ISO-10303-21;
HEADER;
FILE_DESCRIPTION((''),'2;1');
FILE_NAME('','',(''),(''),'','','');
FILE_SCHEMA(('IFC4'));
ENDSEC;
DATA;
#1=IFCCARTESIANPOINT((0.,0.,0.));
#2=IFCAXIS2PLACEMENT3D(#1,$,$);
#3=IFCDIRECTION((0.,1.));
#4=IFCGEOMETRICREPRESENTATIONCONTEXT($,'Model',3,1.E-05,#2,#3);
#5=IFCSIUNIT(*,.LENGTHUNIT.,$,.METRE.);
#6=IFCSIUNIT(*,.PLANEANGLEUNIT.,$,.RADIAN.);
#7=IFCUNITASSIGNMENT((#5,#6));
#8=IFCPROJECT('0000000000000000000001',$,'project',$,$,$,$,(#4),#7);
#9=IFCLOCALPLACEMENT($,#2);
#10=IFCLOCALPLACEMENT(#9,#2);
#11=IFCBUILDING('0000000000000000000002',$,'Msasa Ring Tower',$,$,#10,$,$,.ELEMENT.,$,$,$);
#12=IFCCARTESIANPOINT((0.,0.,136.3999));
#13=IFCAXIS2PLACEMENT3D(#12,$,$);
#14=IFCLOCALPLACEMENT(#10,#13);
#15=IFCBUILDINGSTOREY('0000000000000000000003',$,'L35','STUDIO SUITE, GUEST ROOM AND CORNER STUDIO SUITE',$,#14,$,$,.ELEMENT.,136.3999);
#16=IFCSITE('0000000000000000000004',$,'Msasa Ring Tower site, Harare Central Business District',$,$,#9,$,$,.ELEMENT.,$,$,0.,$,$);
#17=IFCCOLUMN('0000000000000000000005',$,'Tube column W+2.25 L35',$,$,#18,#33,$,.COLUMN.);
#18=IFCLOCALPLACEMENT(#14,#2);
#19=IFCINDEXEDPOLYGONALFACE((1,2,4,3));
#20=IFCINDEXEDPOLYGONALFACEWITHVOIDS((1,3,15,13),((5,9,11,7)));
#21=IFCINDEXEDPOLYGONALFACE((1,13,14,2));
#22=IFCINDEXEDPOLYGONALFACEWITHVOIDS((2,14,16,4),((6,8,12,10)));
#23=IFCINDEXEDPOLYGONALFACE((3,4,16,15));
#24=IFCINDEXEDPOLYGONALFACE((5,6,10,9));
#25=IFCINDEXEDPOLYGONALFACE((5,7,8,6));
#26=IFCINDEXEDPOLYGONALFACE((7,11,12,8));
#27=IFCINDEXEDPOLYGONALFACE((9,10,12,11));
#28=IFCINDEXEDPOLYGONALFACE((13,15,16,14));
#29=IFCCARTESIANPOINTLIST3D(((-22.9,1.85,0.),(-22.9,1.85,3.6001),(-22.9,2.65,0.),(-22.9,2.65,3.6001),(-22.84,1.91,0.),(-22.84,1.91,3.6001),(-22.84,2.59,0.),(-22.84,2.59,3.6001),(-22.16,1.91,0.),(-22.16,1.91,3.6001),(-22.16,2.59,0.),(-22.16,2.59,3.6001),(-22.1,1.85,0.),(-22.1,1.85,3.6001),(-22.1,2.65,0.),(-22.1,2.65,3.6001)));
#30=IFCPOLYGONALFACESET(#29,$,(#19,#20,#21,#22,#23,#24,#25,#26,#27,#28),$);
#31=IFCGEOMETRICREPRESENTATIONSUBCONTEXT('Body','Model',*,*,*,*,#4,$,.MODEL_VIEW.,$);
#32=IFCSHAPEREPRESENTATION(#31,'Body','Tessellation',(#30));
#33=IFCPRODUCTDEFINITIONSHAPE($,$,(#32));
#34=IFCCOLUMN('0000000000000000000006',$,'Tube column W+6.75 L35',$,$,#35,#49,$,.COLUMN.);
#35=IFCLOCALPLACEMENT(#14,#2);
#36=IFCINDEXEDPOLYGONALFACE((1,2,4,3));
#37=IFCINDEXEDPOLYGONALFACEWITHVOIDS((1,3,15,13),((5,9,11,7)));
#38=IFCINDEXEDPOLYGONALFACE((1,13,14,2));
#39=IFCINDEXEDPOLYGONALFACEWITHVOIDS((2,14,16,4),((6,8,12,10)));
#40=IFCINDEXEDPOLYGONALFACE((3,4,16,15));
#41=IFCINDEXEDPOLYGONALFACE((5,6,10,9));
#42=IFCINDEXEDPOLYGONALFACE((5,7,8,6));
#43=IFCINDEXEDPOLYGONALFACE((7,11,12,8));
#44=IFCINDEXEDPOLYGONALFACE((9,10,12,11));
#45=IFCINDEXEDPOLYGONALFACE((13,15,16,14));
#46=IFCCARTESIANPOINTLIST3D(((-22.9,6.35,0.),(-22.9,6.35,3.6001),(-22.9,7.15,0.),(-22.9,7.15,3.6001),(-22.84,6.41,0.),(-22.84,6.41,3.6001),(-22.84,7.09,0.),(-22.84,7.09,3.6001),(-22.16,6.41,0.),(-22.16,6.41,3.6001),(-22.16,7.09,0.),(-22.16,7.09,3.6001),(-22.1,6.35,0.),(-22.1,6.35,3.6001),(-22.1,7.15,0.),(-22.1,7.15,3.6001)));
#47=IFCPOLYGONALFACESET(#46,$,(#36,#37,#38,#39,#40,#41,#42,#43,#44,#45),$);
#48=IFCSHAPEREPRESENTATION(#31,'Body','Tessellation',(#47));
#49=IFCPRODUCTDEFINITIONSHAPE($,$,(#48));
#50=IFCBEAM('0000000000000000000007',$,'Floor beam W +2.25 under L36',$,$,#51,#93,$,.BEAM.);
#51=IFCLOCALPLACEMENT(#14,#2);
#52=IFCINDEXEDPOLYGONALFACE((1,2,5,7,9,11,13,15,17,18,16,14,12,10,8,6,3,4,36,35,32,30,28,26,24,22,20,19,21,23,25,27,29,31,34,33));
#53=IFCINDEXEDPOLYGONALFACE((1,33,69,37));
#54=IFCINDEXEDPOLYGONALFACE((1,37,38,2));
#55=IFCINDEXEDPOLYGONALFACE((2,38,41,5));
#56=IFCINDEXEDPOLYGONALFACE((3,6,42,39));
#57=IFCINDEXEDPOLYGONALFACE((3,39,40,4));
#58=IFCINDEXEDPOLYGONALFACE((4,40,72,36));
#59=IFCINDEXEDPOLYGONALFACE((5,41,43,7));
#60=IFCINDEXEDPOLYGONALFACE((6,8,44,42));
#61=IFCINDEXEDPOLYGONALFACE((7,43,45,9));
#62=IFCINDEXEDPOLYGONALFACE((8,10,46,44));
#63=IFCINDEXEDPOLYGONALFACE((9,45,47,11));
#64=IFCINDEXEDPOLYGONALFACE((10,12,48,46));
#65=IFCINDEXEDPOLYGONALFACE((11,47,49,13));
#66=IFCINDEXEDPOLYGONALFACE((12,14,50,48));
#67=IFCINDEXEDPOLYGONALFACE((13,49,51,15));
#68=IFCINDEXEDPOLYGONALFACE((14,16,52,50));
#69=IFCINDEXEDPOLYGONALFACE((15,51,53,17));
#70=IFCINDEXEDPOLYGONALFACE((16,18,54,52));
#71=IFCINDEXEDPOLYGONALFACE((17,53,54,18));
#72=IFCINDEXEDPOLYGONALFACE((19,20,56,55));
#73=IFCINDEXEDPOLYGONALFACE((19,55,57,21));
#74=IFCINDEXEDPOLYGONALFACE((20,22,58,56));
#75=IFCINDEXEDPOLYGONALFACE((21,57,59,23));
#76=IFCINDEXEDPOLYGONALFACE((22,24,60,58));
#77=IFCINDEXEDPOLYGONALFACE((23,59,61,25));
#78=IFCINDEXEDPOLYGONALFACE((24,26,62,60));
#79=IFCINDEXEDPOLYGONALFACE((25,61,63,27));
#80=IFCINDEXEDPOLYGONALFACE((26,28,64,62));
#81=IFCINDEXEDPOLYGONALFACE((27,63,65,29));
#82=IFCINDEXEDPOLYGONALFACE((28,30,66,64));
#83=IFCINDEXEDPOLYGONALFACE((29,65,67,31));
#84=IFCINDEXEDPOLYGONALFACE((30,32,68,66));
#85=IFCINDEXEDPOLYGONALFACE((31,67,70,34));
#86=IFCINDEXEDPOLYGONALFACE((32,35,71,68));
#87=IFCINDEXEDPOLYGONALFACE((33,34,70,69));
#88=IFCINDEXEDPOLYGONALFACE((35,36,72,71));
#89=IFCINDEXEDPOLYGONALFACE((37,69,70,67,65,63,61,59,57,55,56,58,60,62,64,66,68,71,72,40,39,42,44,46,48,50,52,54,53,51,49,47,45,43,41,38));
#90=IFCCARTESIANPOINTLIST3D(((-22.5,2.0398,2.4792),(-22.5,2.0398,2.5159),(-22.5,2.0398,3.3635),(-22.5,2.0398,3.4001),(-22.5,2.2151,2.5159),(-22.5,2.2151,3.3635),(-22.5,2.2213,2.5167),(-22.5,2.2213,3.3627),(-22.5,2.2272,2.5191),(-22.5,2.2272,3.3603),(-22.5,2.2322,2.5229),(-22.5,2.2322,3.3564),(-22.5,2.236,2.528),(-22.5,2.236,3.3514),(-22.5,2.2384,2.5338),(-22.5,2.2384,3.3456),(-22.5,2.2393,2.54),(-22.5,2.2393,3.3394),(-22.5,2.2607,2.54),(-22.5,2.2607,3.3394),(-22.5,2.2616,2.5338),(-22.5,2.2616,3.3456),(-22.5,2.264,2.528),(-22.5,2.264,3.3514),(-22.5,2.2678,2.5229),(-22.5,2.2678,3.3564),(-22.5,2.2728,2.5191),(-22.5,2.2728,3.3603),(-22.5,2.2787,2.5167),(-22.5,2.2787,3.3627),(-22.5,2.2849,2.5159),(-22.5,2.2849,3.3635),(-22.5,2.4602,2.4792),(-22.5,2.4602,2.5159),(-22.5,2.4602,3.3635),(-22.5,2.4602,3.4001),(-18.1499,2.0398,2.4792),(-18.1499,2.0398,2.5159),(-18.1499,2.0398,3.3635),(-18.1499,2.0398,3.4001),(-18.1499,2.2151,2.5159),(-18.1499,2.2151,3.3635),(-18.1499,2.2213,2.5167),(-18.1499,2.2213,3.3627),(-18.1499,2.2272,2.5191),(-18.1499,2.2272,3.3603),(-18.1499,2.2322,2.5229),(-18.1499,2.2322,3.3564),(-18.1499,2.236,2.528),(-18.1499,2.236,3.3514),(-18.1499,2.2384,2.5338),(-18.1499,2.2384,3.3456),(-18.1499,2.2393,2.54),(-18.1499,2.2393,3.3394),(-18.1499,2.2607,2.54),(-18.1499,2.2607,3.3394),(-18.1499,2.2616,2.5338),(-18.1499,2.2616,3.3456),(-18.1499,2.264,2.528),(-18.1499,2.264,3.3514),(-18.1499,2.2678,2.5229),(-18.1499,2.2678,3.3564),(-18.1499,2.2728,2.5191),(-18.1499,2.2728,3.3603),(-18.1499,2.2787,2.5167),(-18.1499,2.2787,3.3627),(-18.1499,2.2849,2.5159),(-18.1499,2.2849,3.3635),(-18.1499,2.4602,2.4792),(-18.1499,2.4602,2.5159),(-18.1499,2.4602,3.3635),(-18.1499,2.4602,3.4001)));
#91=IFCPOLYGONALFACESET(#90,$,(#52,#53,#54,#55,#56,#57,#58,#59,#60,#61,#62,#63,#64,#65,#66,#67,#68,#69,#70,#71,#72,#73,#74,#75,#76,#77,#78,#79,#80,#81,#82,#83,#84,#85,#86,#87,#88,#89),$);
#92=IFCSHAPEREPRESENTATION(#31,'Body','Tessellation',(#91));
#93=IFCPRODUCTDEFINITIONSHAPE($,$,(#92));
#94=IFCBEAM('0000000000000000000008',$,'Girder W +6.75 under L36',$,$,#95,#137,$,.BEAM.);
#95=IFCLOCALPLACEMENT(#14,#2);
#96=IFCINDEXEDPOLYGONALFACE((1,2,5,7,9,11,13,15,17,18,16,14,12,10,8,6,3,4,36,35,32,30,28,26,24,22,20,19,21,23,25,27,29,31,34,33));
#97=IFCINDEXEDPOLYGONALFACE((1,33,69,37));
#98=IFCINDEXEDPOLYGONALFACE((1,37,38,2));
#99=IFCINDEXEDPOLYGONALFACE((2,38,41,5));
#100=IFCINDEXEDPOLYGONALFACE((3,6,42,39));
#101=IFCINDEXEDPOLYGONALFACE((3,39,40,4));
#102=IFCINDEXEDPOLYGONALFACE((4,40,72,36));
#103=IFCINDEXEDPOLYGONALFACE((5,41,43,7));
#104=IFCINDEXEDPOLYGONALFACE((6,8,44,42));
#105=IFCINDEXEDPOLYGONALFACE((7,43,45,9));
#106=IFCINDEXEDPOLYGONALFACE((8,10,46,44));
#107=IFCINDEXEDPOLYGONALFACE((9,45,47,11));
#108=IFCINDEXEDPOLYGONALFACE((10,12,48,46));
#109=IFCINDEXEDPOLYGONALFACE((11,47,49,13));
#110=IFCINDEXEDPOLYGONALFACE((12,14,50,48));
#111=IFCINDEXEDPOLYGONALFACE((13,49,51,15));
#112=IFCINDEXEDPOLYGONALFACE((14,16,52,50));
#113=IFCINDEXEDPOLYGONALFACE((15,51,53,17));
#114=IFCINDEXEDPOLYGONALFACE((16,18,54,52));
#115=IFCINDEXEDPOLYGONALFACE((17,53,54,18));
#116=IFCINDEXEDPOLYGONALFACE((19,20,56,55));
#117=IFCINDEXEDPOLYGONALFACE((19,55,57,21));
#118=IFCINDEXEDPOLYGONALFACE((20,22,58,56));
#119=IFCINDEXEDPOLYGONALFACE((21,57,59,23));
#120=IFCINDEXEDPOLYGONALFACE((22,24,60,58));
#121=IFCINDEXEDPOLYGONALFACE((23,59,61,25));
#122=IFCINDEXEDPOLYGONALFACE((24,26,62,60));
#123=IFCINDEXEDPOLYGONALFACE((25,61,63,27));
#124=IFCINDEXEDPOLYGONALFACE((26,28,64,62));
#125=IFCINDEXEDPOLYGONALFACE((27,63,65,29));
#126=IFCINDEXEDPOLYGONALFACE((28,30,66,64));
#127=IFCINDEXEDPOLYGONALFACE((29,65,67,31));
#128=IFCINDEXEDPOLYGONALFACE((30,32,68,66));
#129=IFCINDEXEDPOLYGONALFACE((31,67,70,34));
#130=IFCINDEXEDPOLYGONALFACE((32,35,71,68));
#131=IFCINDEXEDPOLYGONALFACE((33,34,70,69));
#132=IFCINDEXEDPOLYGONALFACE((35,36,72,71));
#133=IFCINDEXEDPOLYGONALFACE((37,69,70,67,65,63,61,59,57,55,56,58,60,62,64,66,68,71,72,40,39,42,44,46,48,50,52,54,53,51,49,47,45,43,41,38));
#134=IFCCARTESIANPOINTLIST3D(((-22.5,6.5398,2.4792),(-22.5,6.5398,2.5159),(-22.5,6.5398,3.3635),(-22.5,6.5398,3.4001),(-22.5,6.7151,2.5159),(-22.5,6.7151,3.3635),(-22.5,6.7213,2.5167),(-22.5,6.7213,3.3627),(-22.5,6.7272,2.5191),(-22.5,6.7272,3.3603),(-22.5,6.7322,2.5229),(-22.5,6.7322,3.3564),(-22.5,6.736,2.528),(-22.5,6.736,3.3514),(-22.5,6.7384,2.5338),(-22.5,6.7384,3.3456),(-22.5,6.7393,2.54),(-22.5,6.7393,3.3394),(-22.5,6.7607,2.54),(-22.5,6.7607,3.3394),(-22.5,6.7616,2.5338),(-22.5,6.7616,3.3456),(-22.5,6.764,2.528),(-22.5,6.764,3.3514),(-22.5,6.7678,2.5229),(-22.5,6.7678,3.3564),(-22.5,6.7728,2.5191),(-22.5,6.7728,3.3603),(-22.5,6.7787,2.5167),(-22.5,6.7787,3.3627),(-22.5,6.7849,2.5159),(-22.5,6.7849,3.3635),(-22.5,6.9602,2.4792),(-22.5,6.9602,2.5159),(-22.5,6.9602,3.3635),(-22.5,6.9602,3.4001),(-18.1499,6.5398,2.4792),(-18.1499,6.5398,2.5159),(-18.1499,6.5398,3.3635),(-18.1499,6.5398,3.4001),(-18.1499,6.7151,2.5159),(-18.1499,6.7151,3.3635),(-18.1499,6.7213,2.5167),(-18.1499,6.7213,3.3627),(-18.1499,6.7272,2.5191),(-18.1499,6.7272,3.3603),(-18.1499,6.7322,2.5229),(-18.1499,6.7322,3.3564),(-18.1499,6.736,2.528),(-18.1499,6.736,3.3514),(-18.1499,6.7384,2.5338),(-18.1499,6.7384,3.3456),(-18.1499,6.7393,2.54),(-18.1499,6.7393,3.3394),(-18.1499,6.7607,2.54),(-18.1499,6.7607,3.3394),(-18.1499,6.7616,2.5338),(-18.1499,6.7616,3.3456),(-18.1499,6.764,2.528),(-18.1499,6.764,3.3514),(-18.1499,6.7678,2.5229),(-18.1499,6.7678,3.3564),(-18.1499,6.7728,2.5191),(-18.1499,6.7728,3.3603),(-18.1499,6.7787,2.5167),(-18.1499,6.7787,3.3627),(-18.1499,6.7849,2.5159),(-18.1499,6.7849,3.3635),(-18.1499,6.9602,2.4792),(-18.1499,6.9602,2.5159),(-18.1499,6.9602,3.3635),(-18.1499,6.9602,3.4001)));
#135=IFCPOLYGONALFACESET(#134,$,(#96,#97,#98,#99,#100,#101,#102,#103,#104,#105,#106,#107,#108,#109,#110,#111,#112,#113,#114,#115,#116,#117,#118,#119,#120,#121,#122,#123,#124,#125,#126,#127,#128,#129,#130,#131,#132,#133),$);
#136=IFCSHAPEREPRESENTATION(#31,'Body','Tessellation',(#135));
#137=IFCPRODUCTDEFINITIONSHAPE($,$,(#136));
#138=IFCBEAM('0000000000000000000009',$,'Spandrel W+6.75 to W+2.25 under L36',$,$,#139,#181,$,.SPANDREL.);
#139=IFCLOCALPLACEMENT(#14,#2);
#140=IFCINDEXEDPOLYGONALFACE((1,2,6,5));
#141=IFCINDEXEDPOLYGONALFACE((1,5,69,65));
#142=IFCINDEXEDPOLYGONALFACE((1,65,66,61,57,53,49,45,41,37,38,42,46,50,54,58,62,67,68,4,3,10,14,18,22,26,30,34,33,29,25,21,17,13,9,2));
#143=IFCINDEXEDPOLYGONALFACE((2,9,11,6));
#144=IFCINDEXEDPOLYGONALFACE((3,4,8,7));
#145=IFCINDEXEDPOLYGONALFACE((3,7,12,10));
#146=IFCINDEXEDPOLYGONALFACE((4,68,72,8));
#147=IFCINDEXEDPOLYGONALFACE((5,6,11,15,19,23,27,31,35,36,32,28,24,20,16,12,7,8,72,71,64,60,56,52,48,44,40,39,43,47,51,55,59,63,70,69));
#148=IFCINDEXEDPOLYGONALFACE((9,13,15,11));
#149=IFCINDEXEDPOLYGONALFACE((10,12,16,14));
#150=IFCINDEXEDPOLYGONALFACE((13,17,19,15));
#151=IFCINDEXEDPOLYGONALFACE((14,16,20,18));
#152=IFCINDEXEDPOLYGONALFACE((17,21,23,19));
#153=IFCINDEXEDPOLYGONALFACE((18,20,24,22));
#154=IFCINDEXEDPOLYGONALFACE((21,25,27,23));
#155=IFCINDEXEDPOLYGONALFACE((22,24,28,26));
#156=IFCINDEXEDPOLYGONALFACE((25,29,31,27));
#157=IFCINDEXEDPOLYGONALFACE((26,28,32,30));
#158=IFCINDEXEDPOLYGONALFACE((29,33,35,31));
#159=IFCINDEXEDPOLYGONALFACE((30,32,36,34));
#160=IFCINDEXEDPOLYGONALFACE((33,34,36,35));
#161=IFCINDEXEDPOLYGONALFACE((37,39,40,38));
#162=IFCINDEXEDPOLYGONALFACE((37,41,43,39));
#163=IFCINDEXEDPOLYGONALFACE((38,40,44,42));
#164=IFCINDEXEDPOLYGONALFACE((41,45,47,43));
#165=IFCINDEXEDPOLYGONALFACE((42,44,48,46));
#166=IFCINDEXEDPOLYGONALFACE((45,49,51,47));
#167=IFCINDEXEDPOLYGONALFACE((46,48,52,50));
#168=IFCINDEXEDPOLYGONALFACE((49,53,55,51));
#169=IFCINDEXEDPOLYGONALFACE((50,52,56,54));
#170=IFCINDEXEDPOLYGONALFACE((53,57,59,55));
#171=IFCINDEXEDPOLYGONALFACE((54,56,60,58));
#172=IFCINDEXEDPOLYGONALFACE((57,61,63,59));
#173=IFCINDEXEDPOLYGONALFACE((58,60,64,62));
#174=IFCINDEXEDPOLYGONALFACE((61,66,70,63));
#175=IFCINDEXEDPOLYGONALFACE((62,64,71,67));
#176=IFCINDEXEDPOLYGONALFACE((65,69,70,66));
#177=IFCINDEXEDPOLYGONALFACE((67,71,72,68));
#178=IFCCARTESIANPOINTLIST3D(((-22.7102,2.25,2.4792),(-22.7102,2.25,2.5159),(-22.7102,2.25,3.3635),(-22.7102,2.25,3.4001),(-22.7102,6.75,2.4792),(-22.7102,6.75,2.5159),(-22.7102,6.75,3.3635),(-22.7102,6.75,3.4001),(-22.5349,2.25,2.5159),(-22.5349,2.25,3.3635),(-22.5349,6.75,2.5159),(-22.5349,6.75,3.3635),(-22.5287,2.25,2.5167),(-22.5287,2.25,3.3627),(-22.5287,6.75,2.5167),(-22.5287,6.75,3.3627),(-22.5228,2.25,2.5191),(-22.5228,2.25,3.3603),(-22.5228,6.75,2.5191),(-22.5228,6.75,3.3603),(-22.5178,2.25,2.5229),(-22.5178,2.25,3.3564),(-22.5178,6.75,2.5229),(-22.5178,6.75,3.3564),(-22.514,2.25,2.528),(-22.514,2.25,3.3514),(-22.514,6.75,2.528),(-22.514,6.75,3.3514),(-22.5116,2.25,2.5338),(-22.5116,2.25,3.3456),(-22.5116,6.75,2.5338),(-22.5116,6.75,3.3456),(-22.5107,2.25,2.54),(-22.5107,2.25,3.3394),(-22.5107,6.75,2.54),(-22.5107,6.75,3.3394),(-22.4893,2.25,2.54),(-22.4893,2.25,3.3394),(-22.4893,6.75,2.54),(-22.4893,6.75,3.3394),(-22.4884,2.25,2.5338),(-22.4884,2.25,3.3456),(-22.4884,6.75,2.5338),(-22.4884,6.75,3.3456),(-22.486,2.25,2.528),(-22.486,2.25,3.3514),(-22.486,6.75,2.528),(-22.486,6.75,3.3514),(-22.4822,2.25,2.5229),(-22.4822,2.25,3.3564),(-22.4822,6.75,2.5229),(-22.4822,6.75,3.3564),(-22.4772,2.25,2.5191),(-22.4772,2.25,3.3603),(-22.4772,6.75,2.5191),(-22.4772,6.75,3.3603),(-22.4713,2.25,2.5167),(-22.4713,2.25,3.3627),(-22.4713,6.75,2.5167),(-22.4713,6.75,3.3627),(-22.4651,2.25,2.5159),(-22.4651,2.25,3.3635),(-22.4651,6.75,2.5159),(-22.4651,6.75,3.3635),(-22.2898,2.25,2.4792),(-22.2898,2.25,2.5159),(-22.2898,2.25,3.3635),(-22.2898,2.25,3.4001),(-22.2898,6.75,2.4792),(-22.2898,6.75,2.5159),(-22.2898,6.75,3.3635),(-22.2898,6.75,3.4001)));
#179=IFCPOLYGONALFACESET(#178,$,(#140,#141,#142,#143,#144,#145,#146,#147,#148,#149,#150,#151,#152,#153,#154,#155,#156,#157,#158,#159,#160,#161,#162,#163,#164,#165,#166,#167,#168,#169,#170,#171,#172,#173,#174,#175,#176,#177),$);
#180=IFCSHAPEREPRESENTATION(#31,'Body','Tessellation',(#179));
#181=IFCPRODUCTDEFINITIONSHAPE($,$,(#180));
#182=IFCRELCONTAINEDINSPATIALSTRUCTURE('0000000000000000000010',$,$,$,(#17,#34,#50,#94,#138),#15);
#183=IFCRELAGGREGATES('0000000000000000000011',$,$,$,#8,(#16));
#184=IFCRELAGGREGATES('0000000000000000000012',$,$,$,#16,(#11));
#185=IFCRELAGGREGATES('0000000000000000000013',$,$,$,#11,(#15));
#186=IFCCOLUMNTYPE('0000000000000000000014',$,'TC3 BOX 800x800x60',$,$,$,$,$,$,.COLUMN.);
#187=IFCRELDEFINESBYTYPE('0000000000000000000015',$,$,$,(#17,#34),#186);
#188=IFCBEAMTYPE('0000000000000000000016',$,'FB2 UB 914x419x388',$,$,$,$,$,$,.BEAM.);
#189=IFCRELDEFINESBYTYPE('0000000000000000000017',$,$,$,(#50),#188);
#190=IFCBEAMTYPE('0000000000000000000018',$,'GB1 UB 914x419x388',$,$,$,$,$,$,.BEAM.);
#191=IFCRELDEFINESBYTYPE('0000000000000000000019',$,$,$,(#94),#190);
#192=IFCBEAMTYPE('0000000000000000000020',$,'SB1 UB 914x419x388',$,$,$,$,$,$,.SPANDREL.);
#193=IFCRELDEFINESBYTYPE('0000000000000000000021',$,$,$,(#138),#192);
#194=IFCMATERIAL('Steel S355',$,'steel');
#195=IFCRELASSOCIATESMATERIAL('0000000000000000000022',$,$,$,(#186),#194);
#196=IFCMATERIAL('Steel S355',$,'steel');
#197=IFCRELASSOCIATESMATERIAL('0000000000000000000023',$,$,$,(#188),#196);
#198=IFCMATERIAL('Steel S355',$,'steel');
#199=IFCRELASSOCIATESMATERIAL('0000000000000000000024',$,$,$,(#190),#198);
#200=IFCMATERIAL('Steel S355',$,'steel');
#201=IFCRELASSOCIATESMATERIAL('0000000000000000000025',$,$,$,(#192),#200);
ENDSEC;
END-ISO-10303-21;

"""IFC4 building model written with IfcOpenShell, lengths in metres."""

from ifc_helpers import new_model, si_unit, direction, frame, origin, origin_2d, place, context, subcontext, project, spatial, hollow_rectangle, i_section, extrude, material, material_profile, profile_set, type_object, element, save


model = new_model("IFC4")

# Units and contexts
model_context = context("Model", 3, precision=1e-05, world=origin(), true_north=direction((0.0, 1.0)))
body_context = subcontext(model_context, "Body", "Model", "MODEL_VIEW")
ifc_project = project(units=[si_unit("LENGTHUNIT", "METRE"), si_unit("PLANEANGLEUNIT", "RADIAN")], contexts=[model_context])

# Site, building, storey
site_placement = place(None, origin())
site = spatial("IfcSite", under=ifc_project, at=site_placement, Name="Msasa Ring Tower site, Harare Central Business District", CompositionType="ELEMENT", RefElevation=0.0)
building_placement = place(site_placement, origin())
building = spatial("IfcBuilding", under=site, at=building_placement, Name="Msasa Ring Tower", CompositionType="ELEMENT")
storey_placement = place(building_placement, frame((0.0, 0.0, 136.3999)))
storey = spatial("IfcBuildingStorey", under=building, at=storey_placement, Name="L35", Description="STUDIO SUITE, GUEST ROOM AND CORNER STUDIO SUITE", CompositionType="ELEMENT", Elevation=136.3999)

# Columns
ifc_material_1 = material(Name="Steel S355", Category="steel")
ifc_material_profile_1 = material_profile(ifc_material_1, hollow_rectangle(XDim=0.8, YDim=0.8, WallThickness=0.0601, at=origin_2d()), Name="BOX 800x800x60")
ifc_profile_set_1 = profile_set([ifc_material_profile_1], Name="Steel S355")
column_type = type_object("IfcColumnType", Name="TC3 BOX 800x800x60", PredefinedType="COLUMN", material=ifc_profile_set_1)
for number, where, z_axis, x_axis, name in (
    (1, (-22.5, 2.25, 0.0), (0.0, 0.0, 1.0), (1.0, 0.0, 0.0), "Tube column W+2.25 L35"),
    (2, (-22.5, 6.75, 0.0), (0.0, 0.0, 1.0), (1.0, 0.0, 0.0), "Tube column W+6.75 L35"),
):
    element("IfcColumn", number, at=place(storey_placement, frame(where, z_axis=z_axis, x_axis=x_axis)), inside=storey, type_object=column_type, Name=name, PredefinedType="COLUMN", context=body_context, shape_type="SweptSolid", body=[
        extrude(hollow_rectangle(XDim=0.8, YDim=0.8, WallThickness=0.0601, at=origin_2d()), origin(), (0.0, 0.0, 1.0), 3.6001),
    ])

# Beams
ifc_material_2 = material(Name="Steel S355", Category="steel")
ifc_material_profile_2 = material_profile(ifc_material_2, i_section(OverallWidth=0.4204, OverallDepth=0.9209, WebThickness=0.0215, FlangeThickness=0.0366, FilletRadius=0.0242, at=origin_2d()), Name="UB 914x419x388")
ifc_profile_set_2 = profile_set([ifc_material_profile_2], Name="Steel S355")
beam_type_1 = type_object("IfcBeamType", Name="FB2 UB 914x419x388", PredefinedType="BEAM", material=ifc_profile_set_2)
beam_1_placement = place(storey_placement, frame((-22.5, 2.25, 2.9397), z_axis=(1.0, 0.0, 0.0), x_axis=(0.0, 1.0, 0.0)))
element("IfcBeam", 3, at=beam_1_placement, inside=storey, type_object=beam_type_1, Name="Floor beam W +2.25 under L36", PredefinedType="BEAM", context=body_context, shape_type="SweptSolid", body=[
    extrude(i_section(OverallWidth=0.4204, OverallDepth=0.9209, WebThickness=0.0215, FlangeThickness=0.0366, FilletRadius=0.0242, at=origin_2d()), origin(), (0.0, 0.0, 1.0), 4.3501),
])
ifc_material_3 = material(Name="Steel S355", Category="steel")
ifc_material_profile_3 = material_profile(ifc_material_3, i_section(OverallWidth=0.4204, OverallDepth=0.9209, WebThickness=0.0215, FlangeThickness=0.0366, FilletRadius=0.0242, at=origin_2d()), Name="UB 914x419x388")
ifc_profile_set_3 = profile_set([ifc_material_profile_3], Name="Steel S355")
beam_type_2 = type_object("IfcBeamType", Name="GB1 UB 914x419x388", PredefinedType="BEAM", material=ifc_profile_set_3)
beam_2_placement = place(storey_placement, frame((-18.1499, 6.75, 2.9397), z_axis=(-1.0, 0.0, 0.0), x_axis=(0.0, -1.0, 0.0)))
element("IfcBeam", 4, at=beam_2_placement, inside=storey, type_object=beam_type_2, Name="Girder W +6.75 under L36", PredefinedType="BEAM", context=body_context, shape_type="SweptSolid", body=[
    extrude(i_section(OverallWidth=0.4204, OverallDepth=0.9209, WebThickness=0.0215, FlangeThickness=0.0366, FilletRadius=0.0242, at=origin_2d()), origin(), (0.0, 0.0, 1.0), 4.3501),
])
ifc_material_4 = material(Name="Steel S355", Category="steel")
ifc_material_profile_4 = material_profile(ifc_material_4, i_section(OverallWidth=0.4204, OverallDepth=0.9209, WebThickness=0.0215, FlangeThickness=0.0366, FilletRadius=0.0242, at=origin_2d()), Name="UB 914x419x388")
ifc_profile_set_4 = profile_set([ifc_material_profile_4], Name="Steel S355")
beam_type_3 = type_object("IfcBeamType", Name="SB1 UB 914x419x388", PredefinedType="SPANDREL", material=ifc_profile_set_4)
for number, where, z_axis, x_axis, name in (
    (5, (-22.5, 6.75, 2.9397), (0.0, -1.0, 0.0), (1.0, 0.0, 0.0), "Spandrel W+6.75 to W+2.25 under L36"),
):
    element("IfcBeam", number, at=place(storey_placement, frame(where, z_axis=z_axis, x_axis=x_axis)), inside=storey, type_object=beam_type_3, Name=name, PredefinedType="SPANDREL", context=body_context, shape_type="SweptSolid", body=[
        extrude(i_section(OverallWidth=0.4204, OverallDepth=0.9209, WebThickness=0.0215, FlangeThickness=0.0366, FilletRadius=0.0242, at=origin_2d()), origin(), (0.0, 0.0, 1.0), 4.5),
    ])

save(model, "model.ifc")
